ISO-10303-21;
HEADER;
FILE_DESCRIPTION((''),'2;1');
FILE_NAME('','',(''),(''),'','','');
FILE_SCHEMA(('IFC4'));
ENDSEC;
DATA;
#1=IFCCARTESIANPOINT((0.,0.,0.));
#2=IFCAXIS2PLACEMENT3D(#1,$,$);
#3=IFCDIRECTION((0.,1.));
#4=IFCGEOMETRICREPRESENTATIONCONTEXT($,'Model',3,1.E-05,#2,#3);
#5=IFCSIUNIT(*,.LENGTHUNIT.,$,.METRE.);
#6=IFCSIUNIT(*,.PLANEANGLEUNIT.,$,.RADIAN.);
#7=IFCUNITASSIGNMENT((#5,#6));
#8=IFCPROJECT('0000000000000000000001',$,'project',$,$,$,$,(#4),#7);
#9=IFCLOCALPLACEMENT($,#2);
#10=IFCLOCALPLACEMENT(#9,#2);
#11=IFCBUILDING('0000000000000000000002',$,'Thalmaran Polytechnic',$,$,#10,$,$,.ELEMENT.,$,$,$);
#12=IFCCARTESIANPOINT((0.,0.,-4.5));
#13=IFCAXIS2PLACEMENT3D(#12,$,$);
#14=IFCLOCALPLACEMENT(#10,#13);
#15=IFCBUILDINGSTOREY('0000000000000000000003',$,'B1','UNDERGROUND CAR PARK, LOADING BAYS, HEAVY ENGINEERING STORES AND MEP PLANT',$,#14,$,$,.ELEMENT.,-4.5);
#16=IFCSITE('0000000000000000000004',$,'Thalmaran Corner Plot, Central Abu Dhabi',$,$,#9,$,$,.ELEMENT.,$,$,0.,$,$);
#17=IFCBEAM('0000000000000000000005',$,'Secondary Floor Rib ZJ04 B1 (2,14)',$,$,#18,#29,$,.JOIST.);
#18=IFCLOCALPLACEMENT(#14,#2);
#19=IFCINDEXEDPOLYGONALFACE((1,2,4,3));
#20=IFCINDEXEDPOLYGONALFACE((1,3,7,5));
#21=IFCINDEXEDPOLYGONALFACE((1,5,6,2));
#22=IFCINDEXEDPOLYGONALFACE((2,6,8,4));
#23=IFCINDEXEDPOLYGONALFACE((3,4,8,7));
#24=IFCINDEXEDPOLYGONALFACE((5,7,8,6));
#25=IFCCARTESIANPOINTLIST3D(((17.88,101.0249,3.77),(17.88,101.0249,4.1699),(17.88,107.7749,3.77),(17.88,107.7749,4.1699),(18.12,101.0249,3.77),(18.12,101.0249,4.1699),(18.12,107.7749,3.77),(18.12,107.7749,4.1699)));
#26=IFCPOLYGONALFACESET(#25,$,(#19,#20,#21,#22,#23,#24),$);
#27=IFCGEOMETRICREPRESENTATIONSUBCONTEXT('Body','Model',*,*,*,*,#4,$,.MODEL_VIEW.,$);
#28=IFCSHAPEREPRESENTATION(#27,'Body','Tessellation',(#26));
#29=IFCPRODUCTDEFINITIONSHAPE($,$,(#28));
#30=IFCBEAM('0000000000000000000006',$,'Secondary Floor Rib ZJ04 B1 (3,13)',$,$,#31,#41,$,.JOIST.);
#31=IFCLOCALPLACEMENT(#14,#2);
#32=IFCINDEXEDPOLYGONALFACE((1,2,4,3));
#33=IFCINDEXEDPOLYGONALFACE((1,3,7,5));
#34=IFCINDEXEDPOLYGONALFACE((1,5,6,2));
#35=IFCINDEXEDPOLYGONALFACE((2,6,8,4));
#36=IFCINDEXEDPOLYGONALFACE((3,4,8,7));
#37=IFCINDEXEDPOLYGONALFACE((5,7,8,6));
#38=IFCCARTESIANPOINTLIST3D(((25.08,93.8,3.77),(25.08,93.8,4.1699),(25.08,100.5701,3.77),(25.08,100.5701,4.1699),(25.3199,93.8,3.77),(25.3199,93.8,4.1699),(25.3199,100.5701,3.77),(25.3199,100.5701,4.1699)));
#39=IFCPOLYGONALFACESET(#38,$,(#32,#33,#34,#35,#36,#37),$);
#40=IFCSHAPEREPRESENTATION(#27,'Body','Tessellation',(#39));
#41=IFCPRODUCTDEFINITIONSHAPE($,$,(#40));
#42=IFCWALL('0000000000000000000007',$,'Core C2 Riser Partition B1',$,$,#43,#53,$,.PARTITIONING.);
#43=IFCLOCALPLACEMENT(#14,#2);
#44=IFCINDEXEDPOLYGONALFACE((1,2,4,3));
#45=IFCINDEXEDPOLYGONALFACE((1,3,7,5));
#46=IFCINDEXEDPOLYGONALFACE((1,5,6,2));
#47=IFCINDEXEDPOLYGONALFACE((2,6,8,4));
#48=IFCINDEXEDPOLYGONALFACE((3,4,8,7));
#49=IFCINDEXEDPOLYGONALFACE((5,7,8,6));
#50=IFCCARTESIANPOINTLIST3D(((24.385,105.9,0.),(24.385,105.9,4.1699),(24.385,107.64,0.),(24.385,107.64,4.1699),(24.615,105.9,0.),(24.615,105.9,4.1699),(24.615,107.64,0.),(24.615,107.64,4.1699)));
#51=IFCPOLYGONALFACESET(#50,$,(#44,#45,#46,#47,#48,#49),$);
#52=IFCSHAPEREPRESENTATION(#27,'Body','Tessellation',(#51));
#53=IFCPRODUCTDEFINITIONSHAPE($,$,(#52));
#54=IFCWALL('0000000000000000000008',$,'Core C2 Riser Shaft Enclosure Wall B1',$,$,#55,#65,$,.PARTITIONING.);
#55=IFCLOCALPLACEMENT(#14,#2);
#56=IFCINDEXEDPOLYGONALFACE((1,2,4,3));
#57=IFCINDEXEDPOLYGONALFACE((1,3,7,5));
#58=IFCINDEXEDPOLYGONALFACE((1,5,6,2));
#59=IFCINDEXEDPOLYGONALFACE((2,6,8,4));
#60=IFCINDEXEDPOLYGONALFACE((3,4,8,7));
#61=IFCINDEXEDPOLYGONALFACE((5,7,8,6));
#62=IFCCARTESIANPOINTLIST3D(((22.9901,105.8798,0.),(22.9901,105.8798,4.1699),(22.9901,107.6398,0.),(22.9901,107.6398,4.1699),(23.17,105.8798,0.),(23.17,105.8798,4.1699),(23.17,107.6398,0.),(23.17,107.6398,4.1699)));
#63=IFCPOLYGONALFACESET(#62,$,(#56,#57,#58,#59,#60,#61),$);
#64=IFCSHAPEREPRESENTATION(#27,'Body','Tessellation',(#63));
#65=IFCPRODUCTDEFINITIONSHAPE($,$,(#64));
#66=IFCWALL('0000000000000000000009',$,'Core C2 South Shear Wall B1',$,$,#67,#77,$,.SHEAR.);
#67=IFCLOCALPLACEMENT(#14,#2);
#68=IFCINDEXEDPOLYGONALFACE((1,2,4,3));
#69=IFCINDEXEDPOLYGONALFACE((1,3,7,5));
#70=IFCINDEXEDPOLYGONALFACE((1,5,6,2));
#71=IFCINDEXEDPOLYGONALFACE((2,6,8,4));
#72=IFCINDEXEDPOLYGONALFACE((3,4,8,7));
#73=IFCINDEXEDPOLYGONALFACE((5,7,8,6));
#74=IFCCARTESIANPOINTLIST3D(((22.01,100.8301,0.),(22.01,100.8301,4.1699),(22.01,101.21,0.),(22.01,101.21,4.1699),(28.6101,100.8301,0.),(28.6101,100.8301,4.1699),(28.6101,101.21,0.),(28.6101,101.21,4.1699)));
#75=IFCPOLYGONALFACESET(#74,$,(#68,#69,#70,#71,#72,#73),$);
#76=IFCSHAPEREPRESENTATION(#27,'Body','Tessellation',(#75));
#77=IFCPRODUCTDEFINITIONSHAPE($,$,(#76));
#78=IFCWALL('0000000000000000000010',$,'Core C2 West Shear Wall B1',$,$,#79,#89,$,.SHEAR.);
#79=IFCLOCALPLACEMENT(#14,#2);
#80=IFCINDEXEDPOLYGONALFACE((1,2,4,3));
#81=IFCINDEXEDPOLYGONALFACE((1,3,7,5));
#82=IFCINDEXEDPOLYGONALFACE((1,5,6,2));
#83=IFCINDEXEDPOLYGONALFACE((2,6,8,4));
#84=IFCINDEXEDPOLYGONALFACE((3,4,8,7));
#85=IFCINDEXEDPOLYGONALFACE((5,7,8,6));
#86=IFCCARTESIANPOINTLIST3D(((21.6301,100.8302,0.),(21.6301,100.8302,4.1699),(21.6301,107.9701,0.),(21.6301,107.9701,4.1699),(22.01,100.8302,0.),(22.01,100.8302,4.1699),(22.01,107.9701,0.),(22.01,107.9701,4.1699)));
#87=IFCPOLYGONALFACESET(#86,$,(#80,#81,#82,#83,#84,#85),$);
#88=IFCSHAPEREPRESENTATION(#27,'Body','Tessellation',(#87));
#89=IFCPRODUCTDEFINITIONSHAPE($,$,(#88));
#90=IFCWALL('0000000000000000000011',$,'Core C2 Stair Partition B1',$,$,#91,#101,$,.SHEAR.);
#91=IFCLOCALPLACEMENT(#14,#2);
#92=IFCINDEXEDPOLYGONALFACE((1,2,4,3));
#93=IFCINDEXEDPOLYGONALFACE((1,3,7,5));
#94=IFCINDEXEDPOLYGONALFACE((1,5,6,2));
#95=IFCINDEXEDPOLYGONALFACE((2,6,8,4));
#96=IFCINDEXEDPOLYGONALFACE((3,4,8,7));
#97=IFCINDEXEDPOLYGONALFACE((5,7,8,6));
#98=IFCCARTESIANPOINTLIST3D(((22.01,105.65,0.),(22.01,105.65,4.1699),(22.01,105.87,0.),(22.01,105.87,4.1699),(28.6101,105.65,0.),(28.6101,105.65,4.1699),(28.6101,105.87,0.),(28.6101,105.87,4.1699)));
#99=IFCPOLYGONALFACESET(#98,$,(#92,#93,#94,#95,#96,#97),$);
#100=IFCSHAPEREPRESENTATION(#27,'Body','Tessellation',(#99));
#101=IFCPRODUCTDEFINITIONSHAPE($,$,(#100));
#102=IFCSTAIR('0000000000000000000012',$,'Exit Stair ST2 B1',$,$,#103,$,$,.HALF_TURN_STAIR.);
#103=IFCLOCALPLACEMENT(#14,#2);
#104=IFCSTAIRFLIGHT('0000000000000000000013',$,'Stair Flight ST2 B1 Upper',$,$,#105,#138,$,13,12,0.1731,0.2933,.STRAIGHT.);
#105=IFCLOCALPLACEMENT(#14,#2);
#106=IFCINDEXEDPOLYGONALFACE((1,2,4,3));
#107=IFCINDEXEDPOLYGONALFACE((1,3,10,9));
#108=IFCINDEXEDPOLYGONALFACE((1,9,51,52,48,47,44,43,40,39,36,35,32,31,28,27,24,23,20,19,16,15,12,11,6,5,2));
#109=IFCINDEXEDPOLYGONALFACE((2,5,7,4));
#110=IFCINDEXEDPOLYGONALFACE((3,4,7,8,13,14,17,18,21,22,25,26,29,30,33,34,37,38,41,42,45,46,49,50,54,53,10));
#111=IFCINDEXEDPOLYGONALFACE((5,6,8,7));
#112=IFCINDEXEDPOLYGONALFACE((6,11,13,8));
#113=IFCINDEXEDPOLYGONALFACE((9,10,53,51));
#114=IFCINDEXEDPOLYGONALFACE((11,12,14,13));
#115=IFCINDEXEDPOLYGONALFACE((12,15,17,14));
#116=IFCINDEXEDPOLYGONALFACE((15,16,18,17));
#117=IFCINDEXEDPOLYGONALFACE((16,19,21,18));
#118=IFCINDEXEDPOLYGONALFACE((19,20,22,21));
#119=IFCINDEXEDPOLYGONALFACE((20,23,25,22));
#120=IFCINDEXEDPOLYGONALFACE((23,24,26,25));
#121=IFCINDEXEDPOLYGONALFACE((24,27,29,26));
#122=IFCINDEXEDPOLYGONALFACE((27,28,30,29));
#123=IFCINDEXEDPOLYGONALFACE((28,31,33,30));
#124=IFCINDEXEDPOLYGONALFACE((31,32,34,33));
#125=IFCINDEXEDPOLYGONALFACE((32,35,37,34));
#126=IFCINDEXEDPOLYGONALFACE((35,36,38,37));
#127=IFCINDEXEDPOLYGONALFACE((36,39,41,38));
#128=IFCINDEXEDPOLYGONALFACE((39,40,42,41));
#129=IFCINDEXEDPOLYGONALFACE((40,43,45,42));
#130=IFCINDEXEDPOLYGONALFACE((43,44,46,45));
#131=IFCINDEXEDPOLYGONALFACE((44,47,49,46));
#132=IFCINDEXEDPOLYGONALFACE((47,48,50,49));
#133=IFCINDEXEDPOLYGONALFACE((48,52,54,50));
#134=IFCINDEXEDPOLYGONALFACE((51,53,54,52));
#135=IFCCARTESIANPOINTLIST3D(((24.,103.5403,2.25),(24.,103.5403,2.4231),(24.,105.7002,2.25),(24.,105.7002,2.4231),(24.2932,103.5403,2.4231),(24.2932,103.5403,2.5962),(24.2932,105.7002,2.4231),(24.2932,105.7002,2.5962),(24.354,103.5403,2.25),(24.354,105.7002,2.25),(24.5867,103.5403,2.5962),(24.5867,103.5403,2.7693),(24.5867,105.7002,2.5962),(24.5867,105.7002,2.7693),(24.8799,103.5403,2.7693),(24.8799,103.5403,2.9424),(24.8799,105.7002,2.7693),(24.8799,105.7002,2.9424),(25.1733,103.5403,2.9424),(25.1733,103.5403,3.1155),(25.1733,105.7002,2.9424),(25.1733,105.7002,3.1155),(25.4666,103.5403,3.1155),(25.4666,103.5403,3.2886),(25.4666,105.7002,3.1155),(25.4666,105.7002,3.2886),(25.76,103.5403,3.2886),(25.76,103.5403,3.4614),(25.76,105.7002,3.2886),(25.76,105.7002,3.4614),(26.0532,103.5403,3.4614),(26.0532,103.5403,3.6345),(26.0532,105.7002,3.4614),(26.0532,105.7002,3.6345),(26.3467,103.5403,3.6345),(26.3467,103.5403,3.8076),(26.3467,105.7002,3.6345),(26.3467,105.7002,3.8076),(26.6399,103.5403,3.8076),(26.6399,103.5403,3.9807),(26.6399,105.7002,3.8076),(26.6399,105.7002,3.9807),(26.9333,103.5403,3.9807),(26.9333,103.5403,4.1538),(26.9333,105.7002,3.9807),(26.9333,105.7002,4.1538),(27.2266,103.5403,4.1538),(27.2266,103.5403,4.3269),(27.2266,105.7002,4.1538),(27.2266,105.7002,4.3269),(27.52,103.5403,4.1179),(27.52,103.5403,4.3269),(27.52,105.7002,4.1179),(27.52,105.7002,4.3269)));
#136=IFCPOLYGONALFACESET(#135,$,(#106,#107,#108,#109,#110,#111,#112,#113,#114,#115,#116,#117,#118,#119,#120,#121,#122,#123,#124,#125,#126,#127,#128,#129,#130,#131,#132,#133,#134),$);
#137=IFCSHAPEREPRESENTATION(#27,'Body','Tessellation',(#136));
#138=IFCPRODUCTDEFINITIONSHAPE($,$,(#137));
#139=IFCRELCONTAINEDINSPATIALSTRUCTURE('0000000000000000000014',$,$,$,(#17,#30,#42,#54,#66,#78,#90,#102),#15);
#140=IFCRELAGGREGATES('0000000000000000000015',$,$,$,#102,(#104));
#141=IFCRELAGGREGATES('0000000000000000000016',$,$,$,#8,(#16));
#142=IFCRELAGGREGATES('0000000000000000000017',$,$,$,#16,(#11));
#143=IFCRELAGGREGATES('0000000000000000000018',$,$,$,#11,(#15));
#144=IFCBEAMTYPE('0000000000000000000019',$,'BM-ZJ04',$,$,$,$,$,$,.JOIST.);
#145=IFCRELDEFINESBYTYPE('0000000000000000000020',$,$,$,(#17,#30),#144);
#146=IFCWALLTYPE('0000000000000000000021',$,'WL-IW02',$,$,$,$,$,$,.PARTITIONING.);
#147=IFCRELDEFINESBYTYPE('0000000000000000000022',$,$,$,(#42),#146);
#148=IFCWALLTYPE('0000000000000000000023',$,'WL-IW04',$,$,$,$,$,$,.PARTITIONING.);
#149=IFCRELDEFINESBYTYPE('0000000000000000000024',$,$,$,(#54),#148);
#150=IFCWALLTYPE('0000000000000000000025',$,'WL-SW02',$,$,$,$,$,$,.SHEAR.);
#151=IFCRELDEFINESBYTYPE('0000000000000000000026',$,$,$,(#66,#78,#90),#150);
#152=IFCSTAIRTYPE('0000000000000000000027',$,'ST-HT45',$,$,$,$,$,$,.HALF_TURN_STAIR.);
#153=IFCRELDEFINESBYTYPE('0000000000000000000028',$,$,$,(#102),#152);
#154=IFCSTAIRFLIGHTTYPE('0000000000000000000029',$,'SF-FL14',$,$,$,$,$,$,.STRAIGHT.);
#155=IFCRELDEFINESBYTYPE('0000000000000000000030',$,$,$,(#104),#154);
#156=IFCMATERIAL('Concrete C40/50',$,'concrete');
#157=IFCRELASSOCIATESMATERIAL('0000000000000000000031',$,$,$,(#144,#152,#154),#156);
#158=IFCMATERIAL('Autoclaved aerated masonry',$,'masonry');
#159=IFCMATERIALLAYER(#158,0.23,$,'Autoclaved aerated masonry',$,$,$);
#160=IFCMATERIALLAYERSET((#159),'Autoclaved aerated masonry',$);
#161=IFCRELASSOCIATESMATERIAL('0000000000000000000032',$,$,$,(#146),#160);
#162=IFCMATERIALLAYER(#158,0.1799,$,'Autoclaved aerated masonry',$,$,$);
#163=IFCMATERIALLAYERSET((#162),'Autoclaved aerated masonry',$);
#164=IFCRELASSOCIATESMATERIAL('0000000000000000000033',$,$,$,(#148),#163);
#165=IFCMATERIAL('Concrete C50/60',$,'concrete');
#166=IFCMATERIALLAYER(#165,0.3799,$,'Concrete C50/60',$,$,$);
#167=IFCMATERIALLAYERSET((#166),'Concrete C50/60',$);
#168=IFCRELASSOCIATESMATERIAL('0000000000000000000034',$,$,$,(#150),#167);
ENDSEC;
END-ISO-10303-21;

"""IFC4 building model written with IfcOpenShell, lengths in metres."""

from ifc_helpers import new_model, si_unit, direction, frame, frame_2d, origin, origin_2d, place, context, subcontext, project, spatial, polyline, rectangle, outline, extrude, material, layer, layer_set, material_profile, profile_set, type_object, element, aggregate, save


model = new_model("IFC4")

# Units and contexts
model_context = context("Model", 3, precision=1e-05, world=origin(), true_north=direction((0.0, 1.0)))
body_context = subcontext(model_context, "Body", "Model", "MODEL_VIEW")
ifc_project = project(units=[si_unit("LENGTHUNIT", "METRE"), si_unit("PLANEANGLEUNIT", "RADIAN")], contexts=[model_context])

# Site, building, storey
site_placement = place(None, origin())
site = spatial("IfcSite", under=ifc_project, at=site_placement, Name="Thalmaran Corner Plot, Central Abu Dhabi", CompositionType="ELEMENT", RefElevation=0.0)
building_placement = place(site_placement, origin())
building = spatial("IfcBuilding", under=site, at=building_placement, Name="Thalmaran Polytechnic", CompositionType="ELEMENT")
storey_placement = place(building_placement, frame((0.0, 0.0, -4.5)))
storey = spatial("IfcBuildingStorey", under=building, at=storey_placement, Name="B1", Description="UNDERGROUND CAR PARK, LOADING BAYS, HEAVY ENGINEERING STORES AND MEP PLANT", CompositionType="ELEMENT", Elevation=-4.5)

# Shared definitions
ifc_material_1 = material(Name="Concrete C40/50", Category="concrete")

# Beams
ifc_material_profile_1 = material_profile(ifc_material_1, rectangle(XDim=0.24, YDim=0.3999, at=origin_2d()), Name="RC 240x400")
ifc_profile_set_1 = profile_set([ifc_material_profile_1], Name="Concrete C40/50")
beam_type_1 = type_object("IfcBeamType", Name="BM-ZJ04", PredefinedType="JOIST", material=ifc_profile_set_1)
beam_1_placement = place(storey_placement, frame((18.0, 101.0249, 3.97), z_axis=(0.0, 1.0, 0.0), x_axis=(-1.0, 0.0, 0.0)))
element("IfcBeam", 1, at=beam_1_placement, inside=storey, type_object=beam_type_1, Name="Secondary Floor Rib ZJ04 B1 (2,14)", PredefinedType="JOIST", context=body_context, shape_type="SweptSolid", body=[
    extrude(rectangle(XDim=0.24, YDim=0.3999, at=origin_2d()), origin(), (0.0, 0.0, 1.0), 6.75),
])
beam_2_placement = place(storey_placement, frame((25.2, 93.8, 3.97), z_axis=(0.0, 1.0, 0.0), x_axis=(-1.0, 0.0, 0.0)))
element("IfcBeam", 2, at=beam_2_placement, inside=storey, type_object=beam_type_1, Name="Secondary Floor Rib ZJ04 B1 (3,13)", PredefinedType="JOIST", context=body_context, shape_type="SweptSolid", body=[
    extrude(rectangle(XDim=0.24, YDim=0.3999, at=origin_2d()), origin(), (0.0, 0.0, 1.0), 6.77),
])

# Walls
ifc_material_2 = material(Name="Autoclaved aerated masonry", Category="masonry")
ifc_layer_1 = layer(ifc_material_2, 0.23, Name="Autoclaved aerated masonry")
ifc_layer_set_1 = layer_set([ifc_layer_1], Name="Autoclaved aerated masonry")
wall_type_1 = type_object("IfcWallType", Name="WL-IW02", PredefinedType="PARTITIONING", material=ifc_layer_set_1)
wall_1_placement = place(storey_placement, frame((24.5, 105.8999, 0.0), z_axis=(0.0, 0.0, 1.0), x_axis=(0.0, 1.0, 0.0)))
element("IfcWall", 3, at=wall_1_placement, inside=storey, type_object=wall_type_1, Name="Core C2 Riser Partition B1", PredefinedType="PARTITIONING", context=body_context, shape_type="SweptSolid", body=[
    extrude(rectangle(XDim=1.74, YDim=0.23, at=frame_2d((0.8701, 0.0))), origin(), (0.0, 0.0, 1.0), 4.1699),
])
ifc_layer_2 = layer(ifc_material_2, 0.1799, Name="Autoclaved aerated masonry")
ifc_layer_set_2 = layer_set([ifc_layer_2], Name="Autoclaved aerated masonry")
wall_type_2 = type_object("IfcWallType", Name="WL-IW04", PredefinedType="PARTITIONING", material=ifc_layer_set_2)
wall_2_placement = place(storey_placement, frame((23.0801, 105.8799, 0.0), z_axis=(0.0, 0.0, 1.0), x_axis=(0.0, 1.0, 0.0)))
element("IfcWall", 4, at=wall_2_placement, inside=storey, type_object=wall_type_2, Name="Core C2 Riser Shaft Enclosure Wall B1", PredefinedType="PARTITIONING", context=body_context, shape_type="SweptSolid", body=[
    extrude(rectangle(XDim=1.76, YDim=0.1799, at=frame_2d((0.8799, 0.0))), origin(), (0.0, 0.0, 1.0), 4.1699),
])
ifc_material_3 = material(Name="Concrete C50/60", Category="concrete")
ifc_layer_3 = layer(ifc_material_3, 0.3799, Name="Concrete C50/60")
ifc_layer_set_3 = layer_set([ifc_layer_3], Name="Concrete C50/60")
wall_type_3 = type_object("IfcWallType", Name="WL-SW02", PredefinedType="SHEAR", material=ifc_layer_set_3)
wall_3_placement = place(storey_placement, frame((22.01, 101.02, 0.0), z_axis=(0.0, 0.0, 1.0), x_axis=(1.0, 0.0, 0.0)))
element("IfcWall", 5, at=wall_3_placement, inside=storey, type_object=wall_type_3, Name="Core C2 South Shear Wall B1", PredefinedType="SHEAR", context=body_context, shape_type="SweptSolid", body=[
    extrude(rectangle(XDim=6.6001, YDim=0.3799, at=frame_2d((3.3, 0.0))), origin(), (0.0, 0.0, 1.0), 4.1699),
])
wall_4_placement = place(storey_placement, frame((21.8201, 107.97, 0.0), z_axis=(0.0, 0.0, 1.0), x_axis=(0.0, -1.0, 0.0)))
element("IfcWall", 6, at=wall_4_placement, inside=storey, type_object=wall_type_3, Name="Core C2 West Shear Wall B1", PredefinedType="SHEAR", context=body_context, shape_type="SweptSolid", body=[
    extrude(rectangle(XDim=7.1399, YDim=0.3799, at=frame_2d((3.5698, 0.0))), origin(), (0.0, 0.0, 1.0), 4.1699),
])

# Wall
wall_5_placement = place(storey_placement, frame((22.01, 105.76, 0.0), z_axis=(0.0, 0.0, 1.0), x_axis=(1.0, 0.0, 0.0)))
element("IfcWall", 7, at=wall_5_placement, inside=storey, type_object=wall_type_3, Name="Core C2 Stair Partition B1", PredefinedType="SHEAR", context=body_context, shape_type="SweptSolid", body=[
    extrude(rectangle(XDim=6.6001, YDim=0.22, at=frame_2d((3.3, 0.0))), origin(), (0.0, 0.0, 1.0), 4.1699),
])

# Stair, stair flight
stair_type = type_object("IfcStairType", Name="ST-HT45", PredefinedType="HALF_TURN_STAIR", material=ifc_material_1)
stair_placement = place(storey_placement, origin())
stair = element("IfcStair", 8, at=stair_placement, inside=storey, type_object=stair_type, Name="Exit Stair ST2 B1", PredefinedType="HALF_TURN_STAIR")
stair_flight_type = type_object("IfcStairFlightType", Name="SF-FL14", PredefinedType="STRAIGHT", material=ifc_material_1)
stair_flight_placement = place(storey_placement, frame((24.0, 104.6201, 2.25), z_axis=(0.0, 0.0, 1.0), x_axis=(1.0, 0.0, 0.0)))
stair_flight = element("IfcStairFlight", 9, at=stair_flight_placement, type_object=stair_flight_type, Name="Stair Flight ST2 B1 Upper", NumberOfRisers=13, NumberOfTreads=12, PredefinedType="STRAIGHT", RiserHeight=0.1731, TreadLength=0.2933, context=body_context, shape_type="SweptSolid", body=[
    extrude(outline(polyline([(0.0, 0.0), (0.0, 0.1731), (0.2932, 0.1731), (0.2932, 0.3462), (0.5867, 0.3462), (0.5867, 0.5193), (0.8799, 0.5193), (0.8799, 0.6924), (1.1733, 0.6924), (1.1733, 0.8655), (1.4666, 0.8655), (1.4666, 1.0386), (1.76, 1.0386), (1.76, 1.2114), (2.0532, 1.2114), (2.0532, 1.3845), (2.3467, 1.3845), (2.3467, 1.5576), (2.6399, 1.5576), (2.6399, 1.7307), (2.9333, 1.7307), (2.9333, 1.9038), (3.2266, 1.9038), (3.2266, 2.0769), (3.52, 2.0769), (3.52, 2.25), (3.52, 1.8679), (0.354, 0.0), (0.0, 0.0)])), frame((0.0, 1.0801, 0.0), z_axis=(0.0, -1.0, 0.0), x_axis=(1.0, 0.0, 0.0)), (0.0, 0.0, 1.0), 2.1599),
])
aggregate(stair, [stair_flight])

save(model, "model.ifc")
